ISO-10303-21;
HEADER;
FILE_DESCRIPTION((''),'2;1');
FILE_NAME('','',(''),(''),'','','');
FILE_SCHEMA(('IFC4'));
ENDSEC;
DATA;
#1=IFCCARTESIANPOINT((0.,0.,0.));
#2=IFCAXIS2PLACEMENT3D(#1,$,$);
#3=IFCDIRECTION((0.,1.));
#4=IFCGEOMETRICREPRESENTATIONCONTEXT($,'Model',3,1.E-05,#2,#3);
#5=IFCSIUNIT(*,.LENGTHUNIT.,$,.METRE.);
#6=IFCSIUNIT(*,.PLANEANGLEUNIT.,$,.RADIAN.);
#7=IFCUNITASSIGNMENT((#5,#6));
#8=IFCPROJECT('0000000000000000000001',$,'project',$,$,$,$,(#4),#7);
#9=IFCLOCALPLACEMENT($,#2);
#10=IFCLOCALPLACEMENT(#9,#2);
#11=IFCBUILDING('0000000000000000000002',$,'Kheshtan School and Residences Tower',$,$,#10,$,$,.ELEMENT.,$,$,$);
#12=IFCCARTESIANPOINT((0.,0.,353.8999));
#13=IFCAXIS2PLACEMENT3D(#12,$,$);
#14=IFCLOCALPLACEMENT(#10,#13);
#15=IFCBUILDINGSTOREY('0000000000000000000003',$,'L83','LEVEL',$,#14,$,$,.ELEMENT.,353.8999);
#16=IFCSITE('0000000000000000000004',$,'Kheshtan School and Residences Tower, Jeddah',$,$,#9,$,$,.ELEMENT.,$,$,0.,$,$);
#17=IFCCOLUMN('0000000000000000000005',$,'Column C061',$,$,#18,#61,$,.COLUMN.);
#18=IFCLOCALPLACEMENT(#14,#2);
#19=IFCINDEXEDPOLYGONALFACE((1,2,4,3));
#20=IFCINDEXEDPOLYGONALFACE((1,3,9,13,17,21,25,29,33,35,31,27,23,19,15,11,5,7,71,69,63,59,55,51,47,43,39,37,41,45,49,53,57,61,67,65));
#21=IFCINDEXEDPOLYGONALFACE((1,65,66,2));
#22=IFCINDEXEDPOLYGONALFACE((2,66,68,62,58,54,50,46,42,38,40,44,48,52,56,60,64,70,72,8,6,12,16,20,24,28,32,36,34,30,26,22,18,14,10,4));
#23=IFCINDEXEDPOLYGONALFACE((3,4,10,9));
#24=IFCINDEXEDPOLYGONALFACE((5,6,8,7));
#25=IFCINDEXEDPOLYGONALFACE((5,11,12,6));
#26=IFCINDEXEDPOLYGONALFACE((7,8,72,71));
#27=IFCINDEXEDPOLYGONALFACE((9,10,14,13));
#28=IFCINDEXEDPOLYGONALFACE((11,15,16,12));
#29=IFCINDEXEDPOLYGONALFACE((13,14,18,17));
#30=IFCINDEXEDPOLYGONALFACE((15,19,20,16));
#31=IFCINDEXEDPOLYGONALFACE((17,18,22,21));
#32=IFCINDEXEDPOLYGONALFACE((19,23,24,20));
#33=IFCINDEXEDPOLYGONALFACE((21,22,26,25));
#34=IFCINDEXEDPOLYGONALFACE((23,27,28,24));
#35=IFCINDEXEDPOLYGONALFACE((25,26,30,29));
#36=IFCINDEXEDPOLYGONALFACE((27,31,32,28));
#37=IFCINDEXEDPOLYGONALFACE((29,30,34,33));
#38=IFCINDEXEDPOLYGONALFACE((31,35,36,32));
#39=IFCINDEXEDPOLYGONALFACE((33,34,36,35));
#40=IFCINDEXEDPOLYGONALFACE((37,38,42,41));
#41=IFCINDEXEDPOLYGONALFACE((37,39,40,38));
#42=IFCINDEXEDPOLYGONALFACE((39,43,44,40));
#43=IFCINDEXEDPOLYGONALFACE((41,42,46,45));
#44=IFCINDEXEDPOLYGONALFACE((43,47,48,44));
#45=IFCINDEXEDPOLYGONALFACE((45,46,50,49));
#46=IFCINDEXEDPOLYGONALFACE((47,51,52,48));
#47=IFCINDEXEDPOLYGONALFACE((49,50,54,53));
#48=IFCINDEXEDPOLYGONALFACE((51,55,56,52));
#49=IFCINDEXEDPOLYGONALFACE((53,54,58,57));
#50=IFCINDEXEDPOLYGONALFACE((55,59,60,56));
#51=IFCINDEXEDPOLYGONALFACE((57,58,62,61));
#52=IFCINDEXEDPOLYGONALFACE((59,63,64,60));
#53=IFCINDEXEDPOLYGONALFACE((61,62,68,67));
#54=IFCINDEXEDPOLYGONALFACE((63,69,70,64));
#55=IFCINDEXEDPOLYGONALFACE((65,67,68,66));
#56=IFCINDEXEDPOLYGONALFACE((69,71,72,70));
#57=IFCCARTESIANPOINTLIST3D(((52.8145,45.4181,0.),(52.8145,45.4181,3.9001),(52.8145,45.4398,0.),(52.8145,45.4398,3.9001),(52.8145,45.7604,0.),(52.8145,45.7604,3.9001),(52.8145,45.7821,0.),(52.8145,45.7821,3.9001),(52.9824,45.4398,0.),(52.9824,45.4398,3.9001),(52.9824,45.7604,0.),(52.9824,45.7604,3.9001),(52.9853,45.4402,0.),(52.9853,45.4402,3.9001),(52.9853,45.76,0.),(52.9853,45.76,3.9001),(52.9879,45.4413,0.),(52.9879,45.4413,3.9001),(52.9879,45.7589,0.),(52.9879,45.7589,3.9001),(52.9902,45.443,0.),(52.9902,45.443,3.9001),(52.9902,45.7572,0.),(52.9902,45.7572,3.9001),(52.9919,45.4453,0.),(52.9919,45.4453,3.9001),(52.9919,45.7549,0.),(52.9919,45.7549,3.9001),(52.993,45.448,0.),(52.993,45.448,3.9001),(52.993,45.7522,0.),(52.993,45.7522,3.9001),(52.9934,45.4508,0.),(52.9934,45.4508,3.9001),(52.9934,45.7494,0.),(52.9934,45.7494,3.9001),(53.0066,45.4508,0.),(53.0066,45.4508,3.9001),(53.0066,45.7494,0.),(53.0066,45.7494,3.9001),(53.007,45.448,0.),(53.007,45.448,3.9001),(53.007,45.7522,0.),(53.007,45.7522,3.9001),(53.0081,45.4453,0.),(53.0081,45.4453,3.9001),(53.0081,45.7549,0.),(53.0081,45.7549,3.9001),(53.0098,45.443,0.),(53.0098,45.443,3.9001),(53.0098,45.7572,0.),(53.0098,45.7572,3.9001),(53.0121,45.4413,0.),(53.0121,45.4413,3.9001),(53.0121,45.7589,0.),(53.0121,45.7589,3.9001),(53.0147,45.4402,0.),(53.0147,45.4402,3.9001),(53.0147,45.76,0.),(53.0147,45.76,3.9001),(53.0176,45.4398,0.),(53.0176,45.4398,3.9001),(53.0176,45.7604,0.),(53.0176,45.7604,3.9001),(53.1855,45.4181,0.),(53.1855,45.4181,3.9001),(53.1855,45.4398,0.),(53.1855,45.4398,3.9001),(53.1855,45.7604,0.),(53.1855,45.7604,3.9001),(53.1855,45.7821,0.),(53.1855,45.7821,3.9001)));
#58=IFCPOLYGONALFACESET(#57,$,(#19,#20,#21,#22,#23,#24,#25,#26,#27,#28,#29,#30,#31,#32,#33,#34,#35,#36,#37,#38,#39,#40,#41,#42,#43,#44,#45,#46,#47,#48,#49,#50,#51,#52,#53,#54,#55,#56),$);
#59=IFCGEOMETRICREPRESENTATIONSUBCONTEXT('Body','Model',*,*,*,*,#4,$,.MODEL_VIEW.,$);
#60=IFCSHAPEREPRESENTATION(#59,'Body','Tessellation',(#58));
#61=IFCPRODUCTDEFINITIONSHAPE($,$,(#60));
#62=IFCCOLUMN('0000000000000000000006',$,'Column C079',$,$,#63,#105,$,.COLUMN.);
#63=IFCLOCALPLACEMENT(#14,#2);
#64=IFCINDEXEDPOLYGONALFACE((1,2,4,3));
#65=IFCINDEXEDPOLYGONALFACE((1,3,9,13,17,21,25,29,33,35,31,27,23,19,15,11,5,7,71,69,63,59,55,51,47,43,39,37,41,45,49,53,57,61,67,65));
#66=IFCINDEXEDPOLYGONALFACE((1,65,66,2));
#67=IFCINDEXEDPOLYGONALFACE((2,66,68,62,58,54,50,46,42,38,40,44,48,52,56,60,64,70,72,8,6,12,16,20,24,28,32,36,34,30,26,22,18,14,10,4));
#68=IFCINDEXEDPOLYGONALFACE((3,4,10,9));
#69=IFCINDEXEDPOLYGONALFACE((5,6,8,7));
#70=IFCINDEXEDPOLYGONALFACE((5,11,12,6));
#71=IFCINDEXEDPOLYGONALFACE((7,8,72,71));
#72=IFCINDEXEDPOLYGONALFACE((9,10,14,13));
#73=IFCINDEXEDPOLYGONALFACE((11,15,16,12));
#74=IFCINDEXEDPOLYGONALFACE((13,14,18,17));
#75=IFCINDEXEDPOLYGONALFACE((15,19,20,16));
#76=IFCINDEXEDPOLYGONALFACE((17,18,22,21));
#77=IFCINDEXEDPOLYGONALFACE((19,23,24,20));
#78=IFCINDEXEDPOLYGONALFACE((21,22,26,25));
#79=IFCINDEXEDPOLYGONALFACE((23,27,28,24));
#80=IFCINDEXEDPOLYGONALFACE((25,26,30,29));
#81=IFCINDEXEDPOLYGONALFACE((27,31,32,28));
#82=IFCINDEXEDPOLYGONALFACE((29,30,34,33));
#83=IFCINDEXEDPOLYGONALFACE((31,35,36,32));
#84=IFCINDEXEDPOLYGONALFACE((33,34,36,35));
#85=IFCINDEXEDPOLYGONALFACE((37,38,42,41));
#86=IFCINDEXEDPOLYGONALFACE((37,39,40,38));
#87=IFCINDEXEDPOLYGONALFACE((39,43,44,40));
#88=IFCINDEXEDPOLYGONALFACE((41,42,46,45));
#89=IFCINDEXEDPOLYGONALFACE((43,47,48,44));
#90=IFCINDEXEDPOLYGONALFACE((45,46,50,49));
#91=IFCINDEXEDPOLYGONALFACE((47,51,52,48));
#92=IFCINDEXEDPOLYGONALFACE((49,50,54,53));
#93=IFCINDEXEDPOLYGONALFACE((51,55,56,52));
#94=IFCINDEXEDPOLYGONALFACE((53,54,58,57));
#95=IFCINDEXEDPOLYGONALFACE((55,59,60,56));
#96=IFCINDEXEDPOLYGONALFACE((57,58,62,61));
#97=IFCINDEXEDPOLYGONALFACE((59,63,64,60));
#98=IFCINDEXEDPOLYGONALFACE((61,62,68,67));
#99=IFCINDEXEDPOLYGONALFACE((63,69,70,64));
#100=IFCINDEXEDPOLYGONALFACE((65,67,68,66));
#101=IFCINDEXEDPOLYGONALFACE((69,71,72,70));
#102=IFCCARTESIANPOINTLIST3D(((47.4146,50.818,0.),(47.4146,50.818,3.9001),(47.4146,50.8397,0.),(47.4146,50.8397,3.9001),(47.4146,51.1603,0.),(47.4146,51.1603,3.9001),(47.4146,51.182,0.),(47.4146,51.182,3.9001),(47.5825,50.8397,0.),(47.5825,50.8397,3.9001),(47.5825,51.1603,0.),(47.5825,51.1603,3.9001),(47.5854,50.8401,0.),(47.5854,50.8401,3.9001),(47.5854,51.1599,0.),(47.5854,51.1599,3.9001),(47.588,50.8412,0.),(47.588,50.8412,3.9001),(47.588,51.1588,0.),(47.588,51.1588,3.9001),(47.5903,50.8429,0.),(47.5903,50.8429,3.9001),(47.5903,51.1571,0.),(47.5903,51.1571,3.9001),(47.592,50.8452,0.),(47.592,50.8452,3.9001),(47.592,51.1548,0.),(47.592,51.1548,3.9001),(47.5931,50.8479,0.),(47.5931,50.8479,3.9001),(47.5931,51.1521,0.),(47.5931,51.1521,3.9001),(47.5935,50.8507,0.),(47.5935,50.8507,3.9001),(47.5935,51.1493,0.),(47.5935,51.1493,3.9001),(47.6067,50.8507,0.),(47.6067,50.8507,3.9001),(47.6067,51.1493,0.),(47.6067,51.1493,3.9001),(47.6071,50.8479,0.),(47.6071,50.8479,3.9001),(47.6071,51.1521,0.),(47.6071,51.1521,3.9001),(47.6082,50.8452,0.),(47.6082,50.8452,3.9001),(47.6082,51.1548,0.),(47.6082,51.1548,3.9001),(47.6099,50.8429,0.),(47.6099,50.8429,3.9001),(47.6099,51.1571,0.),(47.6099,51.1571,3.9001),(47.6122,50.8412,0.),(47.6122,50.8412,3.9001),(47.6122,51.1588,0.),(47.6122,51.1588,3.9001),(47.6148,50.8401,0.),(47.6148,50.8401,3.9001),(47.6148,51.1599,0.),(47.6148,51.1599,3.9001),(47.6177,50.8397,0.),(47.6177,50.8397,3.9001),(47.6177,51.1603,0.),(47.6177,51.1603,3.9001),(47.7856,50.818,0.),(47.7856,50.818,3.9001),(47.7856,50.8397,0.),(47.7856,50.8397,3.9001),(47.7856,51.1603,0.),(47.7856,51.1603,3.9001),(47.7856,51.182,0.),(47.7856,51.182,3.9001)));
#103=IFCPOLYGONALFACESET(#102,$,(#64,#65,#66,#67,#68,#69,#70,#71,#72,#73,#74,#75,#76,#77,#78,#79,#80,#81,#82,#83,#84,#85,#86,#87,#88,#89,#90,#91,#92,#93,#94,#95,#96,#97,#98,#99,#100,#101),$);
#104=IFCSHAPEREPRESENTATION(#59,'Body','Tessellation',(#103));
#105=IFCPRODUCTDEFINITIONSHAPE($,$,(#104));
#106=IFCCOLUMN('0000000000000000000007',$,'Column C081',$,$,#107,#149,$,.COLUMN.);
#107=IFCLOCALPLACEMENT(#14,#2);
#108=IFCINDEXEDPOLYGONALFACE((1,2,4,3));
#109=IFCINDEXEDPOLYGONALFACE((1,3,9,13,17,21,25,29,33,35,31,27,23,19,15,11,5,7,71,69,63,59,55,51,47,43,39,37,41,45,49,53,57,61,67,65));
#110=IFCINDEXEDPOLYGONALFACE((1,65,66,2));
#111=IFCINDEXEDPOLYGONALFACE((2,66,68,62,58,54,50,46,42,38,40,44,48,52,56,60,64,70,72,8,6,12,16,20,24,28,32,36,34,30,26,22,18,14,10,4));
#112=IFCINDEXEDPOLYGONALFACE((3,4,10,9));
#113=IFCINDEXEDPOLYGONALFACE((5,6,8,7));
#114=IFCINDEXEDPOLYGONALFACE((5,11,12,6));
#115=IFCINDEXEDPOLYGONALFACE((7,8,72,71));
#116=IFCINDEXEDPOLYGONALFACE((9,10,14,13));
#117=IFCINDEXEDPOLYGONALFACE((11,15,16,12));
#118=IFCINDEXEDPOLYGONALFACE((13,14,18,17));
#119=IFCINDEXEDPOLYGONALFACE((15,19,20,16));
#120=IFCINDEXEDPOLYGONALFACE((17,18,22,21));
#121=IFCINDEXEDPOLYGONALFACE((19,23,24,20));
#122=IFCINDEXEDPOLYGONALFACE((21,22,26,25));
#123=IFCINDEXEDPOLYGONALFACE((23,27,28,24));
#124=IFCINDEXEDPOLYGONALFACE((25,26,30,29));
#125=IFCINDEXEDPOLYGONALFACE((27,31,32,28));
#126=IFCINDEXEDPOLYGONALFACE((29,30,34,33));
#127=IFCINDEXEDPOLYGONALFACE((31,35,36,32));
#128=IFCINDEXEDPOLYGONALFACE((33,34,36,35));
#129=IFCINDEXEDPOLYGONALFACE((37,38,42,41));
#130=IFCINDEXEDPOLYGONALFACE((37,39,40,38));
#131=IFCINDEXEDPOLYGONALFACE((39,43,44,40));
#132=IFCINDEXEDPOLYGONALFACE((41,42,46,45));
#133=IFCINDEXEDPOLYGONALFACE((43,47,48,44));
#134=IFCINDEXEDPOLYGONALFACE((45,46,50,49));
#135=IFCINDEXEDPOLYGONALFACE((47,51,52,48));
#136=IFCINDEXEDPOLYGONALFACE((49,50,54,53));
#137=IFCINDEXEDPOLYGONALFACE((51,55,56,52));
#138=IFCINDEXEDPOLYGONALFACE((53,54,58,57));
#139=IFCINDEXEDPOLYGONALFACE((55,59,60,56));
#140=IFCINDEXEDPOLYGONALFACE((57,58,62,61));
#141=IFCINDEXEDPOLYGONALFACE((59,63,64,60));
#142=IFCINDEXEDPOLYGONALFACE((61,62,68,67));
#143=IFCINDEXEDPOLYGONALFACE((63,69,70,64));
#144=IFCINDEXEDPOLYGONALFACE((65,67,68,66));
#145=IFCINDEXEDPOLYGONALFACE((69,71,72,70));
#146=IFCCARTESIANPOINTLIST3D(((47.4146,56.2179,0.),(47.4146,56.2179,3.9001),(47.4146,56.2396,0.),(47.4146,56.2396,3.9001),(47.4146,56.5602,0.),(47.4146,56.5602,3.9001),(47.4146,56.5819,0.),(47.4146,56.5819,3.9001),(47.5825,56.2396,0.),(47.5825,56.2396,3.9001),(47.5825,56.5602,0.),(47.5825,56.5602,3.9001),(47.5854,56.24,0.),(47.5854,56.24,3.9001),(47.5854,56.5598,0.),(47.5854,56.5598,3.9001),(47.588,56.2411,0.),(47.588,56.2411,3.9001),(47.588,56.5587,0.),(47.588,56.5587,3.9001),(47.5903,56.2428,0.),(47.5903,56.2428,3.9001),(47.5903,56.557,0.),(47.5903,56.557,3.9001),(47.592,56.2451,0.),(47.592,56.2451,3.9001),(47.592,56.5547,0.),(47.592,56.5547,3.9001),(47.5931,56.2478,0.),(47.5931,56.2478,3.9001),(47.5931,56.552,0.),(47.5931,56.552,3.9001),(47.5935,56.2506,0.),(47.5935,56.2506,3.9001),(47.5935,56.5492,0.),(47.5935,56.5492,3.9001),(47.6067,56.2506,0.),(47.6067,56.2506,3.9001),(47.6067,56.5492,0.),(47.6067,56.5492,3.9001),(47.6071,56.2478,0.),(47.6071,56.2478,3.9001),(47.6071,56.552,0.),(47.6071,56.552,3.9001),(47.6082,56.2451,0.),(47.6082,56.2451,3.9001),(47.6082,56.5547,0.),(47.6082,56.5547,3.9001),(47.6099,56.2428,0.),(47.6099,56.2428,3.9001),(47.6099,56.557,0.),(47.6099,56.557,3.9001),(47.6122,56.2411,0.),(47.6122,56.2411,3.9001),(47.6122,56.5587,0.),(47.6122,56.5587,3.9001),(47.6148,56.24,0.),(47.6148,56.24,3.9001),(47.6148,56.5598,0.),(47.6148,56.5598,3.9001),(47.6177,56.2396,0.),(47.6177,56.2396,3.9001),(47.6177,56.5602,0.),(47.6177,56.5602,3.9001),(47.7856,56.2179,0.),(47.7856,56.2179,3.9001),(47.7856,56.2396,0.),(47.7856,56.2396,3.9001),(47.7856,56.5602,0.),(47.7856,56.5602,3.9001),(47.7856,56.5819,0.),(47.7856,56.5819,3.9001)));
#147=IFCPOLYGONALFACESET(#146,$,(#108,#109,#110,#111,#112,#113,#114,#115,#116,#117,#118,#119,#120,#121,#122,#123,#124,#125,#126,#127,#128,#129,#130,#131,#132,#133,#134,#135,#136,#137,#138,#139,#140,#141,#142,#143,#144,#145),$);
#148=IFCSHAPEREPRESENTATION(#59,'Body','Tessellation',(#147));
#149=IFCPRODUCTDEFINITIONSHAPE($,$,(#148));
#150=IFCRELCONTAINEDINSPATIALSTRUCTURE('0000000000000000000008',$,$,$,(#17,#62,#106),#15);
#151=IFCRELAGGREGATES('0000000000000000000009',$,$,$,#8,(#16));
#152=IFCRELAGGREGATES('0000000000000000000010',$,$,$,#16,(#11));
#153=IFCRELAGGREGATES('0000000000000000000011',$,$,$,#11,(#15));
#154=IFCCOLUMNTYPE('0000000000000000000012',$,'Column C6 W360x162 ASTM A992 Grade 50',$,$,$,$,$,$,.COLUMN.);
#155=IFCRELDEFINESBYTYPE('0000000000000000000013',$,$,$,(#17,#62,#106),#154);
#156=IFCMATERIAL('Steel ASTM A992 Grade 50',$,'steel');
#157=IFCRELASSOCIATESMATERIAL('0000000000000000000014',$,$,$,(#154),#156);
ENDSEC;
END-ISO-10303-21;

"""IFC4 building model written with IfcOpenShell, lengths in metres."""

from ifc_helpers import new_model, si_unit, direction, frame, origin, origin_2d, place, context, subcontext, project, spatial, i_section, extrude, material, material_profile, profile_set, type_object, element, save


model = new_model("IFC4")

# Units and contexts
model_context = context("Model", 3, precision=1e-05, world=origin(), true_north=direction((0.0, 1.0)))
body_context = subcontext(model_context, "Body", "Model", "MODEL_VIEW")
ifc_project = project(units=[si_unit("LENGTHUNIT", "METRE"), si_unit("PLANEANGLEUNIT", "RADIAN")], contexts=[model_context])

# Site, building, storey
site_placement = place(None, origin())
site = spatial("IfcSite", under=ifc_project, at=site_placement, Name="Kheshtan School and Residences Tower, Jeddah", CompositionType="ELEMENT", RefElevation=0.0)
building_placement = place(site_placement, origin())
building = spatial("IfcBuilding", under=site, at=building_placement, Name="Kheshtan School and Residences Tower", CompositionType="ELEMENT")
storey_placement = place(building_placement, frame((0.0, 0.0, 353.8999)))
storey = spatial("IfcBuildingStorey", under=building, at=storey_placement, Name="L83", Description="LEVEL", CompositionType="ELEMENT", Elevation=353.8999)

# Columns
ifc_material_1 = material(Name="Steel ASTM A992 Grade 50", Category="steel")
ifc_material_profile_1 = material_profile(ifc_material_1, i_section(OverallWidth=0.3711, OverallDepth=0.364, WebThickness=0.0132, FlangeThickness=0.0217, FilletRadius=0.011, at=origin_2d()), Name="W360x162")
ifc_profile_set_1 = profile_set([ifc_material_profile_1], Name="Steel ASTM A992 Grade 50")
column_type_1 = type_object("IfcColumnType", Name="Column C6 W360x162 ASTM A992 Grade 50", PredefinedType="COLUMN", material=ifc_profile_set_1)
for number, where, z_axis, x_axis, name in (
    (1, (53.0, 45.6001, 0.0), (0.0, 0.0, 1.0), (1.0, 0.0, 0.0), "Column C061"),
    (2, (47.6001, 51.0, 0.0), (0.0, 0.0, 1.0), (1.0, 0.0, 0.0), "Column C079"),
    (3, (47.6001, 56.3999, 0.0), (0.0, 0.0, 1.0), (1.0, 0.0, 0.0), "Column C081"),
):
    element("IfcColumn", number, at=place(storey_placement, frame(where, z_axis=z_axis, x_axis=x_axis)), inside=storey, type_object=column_type_1, Name=name, PredefinedType="COLUMN", context=body_context, shape_type="SweptSolid", body=[
        extrude(i_section(OverallWidth=0.3711, OverallDepth=0.364, WebThickness=0.0132, FlangeThickness=0.0217, FilletRadius=0.011, at=origin_2d()), origin(), (0.0, 0.0, 1.0), 3.9001),
    ])

save(model, "model.ifc")
